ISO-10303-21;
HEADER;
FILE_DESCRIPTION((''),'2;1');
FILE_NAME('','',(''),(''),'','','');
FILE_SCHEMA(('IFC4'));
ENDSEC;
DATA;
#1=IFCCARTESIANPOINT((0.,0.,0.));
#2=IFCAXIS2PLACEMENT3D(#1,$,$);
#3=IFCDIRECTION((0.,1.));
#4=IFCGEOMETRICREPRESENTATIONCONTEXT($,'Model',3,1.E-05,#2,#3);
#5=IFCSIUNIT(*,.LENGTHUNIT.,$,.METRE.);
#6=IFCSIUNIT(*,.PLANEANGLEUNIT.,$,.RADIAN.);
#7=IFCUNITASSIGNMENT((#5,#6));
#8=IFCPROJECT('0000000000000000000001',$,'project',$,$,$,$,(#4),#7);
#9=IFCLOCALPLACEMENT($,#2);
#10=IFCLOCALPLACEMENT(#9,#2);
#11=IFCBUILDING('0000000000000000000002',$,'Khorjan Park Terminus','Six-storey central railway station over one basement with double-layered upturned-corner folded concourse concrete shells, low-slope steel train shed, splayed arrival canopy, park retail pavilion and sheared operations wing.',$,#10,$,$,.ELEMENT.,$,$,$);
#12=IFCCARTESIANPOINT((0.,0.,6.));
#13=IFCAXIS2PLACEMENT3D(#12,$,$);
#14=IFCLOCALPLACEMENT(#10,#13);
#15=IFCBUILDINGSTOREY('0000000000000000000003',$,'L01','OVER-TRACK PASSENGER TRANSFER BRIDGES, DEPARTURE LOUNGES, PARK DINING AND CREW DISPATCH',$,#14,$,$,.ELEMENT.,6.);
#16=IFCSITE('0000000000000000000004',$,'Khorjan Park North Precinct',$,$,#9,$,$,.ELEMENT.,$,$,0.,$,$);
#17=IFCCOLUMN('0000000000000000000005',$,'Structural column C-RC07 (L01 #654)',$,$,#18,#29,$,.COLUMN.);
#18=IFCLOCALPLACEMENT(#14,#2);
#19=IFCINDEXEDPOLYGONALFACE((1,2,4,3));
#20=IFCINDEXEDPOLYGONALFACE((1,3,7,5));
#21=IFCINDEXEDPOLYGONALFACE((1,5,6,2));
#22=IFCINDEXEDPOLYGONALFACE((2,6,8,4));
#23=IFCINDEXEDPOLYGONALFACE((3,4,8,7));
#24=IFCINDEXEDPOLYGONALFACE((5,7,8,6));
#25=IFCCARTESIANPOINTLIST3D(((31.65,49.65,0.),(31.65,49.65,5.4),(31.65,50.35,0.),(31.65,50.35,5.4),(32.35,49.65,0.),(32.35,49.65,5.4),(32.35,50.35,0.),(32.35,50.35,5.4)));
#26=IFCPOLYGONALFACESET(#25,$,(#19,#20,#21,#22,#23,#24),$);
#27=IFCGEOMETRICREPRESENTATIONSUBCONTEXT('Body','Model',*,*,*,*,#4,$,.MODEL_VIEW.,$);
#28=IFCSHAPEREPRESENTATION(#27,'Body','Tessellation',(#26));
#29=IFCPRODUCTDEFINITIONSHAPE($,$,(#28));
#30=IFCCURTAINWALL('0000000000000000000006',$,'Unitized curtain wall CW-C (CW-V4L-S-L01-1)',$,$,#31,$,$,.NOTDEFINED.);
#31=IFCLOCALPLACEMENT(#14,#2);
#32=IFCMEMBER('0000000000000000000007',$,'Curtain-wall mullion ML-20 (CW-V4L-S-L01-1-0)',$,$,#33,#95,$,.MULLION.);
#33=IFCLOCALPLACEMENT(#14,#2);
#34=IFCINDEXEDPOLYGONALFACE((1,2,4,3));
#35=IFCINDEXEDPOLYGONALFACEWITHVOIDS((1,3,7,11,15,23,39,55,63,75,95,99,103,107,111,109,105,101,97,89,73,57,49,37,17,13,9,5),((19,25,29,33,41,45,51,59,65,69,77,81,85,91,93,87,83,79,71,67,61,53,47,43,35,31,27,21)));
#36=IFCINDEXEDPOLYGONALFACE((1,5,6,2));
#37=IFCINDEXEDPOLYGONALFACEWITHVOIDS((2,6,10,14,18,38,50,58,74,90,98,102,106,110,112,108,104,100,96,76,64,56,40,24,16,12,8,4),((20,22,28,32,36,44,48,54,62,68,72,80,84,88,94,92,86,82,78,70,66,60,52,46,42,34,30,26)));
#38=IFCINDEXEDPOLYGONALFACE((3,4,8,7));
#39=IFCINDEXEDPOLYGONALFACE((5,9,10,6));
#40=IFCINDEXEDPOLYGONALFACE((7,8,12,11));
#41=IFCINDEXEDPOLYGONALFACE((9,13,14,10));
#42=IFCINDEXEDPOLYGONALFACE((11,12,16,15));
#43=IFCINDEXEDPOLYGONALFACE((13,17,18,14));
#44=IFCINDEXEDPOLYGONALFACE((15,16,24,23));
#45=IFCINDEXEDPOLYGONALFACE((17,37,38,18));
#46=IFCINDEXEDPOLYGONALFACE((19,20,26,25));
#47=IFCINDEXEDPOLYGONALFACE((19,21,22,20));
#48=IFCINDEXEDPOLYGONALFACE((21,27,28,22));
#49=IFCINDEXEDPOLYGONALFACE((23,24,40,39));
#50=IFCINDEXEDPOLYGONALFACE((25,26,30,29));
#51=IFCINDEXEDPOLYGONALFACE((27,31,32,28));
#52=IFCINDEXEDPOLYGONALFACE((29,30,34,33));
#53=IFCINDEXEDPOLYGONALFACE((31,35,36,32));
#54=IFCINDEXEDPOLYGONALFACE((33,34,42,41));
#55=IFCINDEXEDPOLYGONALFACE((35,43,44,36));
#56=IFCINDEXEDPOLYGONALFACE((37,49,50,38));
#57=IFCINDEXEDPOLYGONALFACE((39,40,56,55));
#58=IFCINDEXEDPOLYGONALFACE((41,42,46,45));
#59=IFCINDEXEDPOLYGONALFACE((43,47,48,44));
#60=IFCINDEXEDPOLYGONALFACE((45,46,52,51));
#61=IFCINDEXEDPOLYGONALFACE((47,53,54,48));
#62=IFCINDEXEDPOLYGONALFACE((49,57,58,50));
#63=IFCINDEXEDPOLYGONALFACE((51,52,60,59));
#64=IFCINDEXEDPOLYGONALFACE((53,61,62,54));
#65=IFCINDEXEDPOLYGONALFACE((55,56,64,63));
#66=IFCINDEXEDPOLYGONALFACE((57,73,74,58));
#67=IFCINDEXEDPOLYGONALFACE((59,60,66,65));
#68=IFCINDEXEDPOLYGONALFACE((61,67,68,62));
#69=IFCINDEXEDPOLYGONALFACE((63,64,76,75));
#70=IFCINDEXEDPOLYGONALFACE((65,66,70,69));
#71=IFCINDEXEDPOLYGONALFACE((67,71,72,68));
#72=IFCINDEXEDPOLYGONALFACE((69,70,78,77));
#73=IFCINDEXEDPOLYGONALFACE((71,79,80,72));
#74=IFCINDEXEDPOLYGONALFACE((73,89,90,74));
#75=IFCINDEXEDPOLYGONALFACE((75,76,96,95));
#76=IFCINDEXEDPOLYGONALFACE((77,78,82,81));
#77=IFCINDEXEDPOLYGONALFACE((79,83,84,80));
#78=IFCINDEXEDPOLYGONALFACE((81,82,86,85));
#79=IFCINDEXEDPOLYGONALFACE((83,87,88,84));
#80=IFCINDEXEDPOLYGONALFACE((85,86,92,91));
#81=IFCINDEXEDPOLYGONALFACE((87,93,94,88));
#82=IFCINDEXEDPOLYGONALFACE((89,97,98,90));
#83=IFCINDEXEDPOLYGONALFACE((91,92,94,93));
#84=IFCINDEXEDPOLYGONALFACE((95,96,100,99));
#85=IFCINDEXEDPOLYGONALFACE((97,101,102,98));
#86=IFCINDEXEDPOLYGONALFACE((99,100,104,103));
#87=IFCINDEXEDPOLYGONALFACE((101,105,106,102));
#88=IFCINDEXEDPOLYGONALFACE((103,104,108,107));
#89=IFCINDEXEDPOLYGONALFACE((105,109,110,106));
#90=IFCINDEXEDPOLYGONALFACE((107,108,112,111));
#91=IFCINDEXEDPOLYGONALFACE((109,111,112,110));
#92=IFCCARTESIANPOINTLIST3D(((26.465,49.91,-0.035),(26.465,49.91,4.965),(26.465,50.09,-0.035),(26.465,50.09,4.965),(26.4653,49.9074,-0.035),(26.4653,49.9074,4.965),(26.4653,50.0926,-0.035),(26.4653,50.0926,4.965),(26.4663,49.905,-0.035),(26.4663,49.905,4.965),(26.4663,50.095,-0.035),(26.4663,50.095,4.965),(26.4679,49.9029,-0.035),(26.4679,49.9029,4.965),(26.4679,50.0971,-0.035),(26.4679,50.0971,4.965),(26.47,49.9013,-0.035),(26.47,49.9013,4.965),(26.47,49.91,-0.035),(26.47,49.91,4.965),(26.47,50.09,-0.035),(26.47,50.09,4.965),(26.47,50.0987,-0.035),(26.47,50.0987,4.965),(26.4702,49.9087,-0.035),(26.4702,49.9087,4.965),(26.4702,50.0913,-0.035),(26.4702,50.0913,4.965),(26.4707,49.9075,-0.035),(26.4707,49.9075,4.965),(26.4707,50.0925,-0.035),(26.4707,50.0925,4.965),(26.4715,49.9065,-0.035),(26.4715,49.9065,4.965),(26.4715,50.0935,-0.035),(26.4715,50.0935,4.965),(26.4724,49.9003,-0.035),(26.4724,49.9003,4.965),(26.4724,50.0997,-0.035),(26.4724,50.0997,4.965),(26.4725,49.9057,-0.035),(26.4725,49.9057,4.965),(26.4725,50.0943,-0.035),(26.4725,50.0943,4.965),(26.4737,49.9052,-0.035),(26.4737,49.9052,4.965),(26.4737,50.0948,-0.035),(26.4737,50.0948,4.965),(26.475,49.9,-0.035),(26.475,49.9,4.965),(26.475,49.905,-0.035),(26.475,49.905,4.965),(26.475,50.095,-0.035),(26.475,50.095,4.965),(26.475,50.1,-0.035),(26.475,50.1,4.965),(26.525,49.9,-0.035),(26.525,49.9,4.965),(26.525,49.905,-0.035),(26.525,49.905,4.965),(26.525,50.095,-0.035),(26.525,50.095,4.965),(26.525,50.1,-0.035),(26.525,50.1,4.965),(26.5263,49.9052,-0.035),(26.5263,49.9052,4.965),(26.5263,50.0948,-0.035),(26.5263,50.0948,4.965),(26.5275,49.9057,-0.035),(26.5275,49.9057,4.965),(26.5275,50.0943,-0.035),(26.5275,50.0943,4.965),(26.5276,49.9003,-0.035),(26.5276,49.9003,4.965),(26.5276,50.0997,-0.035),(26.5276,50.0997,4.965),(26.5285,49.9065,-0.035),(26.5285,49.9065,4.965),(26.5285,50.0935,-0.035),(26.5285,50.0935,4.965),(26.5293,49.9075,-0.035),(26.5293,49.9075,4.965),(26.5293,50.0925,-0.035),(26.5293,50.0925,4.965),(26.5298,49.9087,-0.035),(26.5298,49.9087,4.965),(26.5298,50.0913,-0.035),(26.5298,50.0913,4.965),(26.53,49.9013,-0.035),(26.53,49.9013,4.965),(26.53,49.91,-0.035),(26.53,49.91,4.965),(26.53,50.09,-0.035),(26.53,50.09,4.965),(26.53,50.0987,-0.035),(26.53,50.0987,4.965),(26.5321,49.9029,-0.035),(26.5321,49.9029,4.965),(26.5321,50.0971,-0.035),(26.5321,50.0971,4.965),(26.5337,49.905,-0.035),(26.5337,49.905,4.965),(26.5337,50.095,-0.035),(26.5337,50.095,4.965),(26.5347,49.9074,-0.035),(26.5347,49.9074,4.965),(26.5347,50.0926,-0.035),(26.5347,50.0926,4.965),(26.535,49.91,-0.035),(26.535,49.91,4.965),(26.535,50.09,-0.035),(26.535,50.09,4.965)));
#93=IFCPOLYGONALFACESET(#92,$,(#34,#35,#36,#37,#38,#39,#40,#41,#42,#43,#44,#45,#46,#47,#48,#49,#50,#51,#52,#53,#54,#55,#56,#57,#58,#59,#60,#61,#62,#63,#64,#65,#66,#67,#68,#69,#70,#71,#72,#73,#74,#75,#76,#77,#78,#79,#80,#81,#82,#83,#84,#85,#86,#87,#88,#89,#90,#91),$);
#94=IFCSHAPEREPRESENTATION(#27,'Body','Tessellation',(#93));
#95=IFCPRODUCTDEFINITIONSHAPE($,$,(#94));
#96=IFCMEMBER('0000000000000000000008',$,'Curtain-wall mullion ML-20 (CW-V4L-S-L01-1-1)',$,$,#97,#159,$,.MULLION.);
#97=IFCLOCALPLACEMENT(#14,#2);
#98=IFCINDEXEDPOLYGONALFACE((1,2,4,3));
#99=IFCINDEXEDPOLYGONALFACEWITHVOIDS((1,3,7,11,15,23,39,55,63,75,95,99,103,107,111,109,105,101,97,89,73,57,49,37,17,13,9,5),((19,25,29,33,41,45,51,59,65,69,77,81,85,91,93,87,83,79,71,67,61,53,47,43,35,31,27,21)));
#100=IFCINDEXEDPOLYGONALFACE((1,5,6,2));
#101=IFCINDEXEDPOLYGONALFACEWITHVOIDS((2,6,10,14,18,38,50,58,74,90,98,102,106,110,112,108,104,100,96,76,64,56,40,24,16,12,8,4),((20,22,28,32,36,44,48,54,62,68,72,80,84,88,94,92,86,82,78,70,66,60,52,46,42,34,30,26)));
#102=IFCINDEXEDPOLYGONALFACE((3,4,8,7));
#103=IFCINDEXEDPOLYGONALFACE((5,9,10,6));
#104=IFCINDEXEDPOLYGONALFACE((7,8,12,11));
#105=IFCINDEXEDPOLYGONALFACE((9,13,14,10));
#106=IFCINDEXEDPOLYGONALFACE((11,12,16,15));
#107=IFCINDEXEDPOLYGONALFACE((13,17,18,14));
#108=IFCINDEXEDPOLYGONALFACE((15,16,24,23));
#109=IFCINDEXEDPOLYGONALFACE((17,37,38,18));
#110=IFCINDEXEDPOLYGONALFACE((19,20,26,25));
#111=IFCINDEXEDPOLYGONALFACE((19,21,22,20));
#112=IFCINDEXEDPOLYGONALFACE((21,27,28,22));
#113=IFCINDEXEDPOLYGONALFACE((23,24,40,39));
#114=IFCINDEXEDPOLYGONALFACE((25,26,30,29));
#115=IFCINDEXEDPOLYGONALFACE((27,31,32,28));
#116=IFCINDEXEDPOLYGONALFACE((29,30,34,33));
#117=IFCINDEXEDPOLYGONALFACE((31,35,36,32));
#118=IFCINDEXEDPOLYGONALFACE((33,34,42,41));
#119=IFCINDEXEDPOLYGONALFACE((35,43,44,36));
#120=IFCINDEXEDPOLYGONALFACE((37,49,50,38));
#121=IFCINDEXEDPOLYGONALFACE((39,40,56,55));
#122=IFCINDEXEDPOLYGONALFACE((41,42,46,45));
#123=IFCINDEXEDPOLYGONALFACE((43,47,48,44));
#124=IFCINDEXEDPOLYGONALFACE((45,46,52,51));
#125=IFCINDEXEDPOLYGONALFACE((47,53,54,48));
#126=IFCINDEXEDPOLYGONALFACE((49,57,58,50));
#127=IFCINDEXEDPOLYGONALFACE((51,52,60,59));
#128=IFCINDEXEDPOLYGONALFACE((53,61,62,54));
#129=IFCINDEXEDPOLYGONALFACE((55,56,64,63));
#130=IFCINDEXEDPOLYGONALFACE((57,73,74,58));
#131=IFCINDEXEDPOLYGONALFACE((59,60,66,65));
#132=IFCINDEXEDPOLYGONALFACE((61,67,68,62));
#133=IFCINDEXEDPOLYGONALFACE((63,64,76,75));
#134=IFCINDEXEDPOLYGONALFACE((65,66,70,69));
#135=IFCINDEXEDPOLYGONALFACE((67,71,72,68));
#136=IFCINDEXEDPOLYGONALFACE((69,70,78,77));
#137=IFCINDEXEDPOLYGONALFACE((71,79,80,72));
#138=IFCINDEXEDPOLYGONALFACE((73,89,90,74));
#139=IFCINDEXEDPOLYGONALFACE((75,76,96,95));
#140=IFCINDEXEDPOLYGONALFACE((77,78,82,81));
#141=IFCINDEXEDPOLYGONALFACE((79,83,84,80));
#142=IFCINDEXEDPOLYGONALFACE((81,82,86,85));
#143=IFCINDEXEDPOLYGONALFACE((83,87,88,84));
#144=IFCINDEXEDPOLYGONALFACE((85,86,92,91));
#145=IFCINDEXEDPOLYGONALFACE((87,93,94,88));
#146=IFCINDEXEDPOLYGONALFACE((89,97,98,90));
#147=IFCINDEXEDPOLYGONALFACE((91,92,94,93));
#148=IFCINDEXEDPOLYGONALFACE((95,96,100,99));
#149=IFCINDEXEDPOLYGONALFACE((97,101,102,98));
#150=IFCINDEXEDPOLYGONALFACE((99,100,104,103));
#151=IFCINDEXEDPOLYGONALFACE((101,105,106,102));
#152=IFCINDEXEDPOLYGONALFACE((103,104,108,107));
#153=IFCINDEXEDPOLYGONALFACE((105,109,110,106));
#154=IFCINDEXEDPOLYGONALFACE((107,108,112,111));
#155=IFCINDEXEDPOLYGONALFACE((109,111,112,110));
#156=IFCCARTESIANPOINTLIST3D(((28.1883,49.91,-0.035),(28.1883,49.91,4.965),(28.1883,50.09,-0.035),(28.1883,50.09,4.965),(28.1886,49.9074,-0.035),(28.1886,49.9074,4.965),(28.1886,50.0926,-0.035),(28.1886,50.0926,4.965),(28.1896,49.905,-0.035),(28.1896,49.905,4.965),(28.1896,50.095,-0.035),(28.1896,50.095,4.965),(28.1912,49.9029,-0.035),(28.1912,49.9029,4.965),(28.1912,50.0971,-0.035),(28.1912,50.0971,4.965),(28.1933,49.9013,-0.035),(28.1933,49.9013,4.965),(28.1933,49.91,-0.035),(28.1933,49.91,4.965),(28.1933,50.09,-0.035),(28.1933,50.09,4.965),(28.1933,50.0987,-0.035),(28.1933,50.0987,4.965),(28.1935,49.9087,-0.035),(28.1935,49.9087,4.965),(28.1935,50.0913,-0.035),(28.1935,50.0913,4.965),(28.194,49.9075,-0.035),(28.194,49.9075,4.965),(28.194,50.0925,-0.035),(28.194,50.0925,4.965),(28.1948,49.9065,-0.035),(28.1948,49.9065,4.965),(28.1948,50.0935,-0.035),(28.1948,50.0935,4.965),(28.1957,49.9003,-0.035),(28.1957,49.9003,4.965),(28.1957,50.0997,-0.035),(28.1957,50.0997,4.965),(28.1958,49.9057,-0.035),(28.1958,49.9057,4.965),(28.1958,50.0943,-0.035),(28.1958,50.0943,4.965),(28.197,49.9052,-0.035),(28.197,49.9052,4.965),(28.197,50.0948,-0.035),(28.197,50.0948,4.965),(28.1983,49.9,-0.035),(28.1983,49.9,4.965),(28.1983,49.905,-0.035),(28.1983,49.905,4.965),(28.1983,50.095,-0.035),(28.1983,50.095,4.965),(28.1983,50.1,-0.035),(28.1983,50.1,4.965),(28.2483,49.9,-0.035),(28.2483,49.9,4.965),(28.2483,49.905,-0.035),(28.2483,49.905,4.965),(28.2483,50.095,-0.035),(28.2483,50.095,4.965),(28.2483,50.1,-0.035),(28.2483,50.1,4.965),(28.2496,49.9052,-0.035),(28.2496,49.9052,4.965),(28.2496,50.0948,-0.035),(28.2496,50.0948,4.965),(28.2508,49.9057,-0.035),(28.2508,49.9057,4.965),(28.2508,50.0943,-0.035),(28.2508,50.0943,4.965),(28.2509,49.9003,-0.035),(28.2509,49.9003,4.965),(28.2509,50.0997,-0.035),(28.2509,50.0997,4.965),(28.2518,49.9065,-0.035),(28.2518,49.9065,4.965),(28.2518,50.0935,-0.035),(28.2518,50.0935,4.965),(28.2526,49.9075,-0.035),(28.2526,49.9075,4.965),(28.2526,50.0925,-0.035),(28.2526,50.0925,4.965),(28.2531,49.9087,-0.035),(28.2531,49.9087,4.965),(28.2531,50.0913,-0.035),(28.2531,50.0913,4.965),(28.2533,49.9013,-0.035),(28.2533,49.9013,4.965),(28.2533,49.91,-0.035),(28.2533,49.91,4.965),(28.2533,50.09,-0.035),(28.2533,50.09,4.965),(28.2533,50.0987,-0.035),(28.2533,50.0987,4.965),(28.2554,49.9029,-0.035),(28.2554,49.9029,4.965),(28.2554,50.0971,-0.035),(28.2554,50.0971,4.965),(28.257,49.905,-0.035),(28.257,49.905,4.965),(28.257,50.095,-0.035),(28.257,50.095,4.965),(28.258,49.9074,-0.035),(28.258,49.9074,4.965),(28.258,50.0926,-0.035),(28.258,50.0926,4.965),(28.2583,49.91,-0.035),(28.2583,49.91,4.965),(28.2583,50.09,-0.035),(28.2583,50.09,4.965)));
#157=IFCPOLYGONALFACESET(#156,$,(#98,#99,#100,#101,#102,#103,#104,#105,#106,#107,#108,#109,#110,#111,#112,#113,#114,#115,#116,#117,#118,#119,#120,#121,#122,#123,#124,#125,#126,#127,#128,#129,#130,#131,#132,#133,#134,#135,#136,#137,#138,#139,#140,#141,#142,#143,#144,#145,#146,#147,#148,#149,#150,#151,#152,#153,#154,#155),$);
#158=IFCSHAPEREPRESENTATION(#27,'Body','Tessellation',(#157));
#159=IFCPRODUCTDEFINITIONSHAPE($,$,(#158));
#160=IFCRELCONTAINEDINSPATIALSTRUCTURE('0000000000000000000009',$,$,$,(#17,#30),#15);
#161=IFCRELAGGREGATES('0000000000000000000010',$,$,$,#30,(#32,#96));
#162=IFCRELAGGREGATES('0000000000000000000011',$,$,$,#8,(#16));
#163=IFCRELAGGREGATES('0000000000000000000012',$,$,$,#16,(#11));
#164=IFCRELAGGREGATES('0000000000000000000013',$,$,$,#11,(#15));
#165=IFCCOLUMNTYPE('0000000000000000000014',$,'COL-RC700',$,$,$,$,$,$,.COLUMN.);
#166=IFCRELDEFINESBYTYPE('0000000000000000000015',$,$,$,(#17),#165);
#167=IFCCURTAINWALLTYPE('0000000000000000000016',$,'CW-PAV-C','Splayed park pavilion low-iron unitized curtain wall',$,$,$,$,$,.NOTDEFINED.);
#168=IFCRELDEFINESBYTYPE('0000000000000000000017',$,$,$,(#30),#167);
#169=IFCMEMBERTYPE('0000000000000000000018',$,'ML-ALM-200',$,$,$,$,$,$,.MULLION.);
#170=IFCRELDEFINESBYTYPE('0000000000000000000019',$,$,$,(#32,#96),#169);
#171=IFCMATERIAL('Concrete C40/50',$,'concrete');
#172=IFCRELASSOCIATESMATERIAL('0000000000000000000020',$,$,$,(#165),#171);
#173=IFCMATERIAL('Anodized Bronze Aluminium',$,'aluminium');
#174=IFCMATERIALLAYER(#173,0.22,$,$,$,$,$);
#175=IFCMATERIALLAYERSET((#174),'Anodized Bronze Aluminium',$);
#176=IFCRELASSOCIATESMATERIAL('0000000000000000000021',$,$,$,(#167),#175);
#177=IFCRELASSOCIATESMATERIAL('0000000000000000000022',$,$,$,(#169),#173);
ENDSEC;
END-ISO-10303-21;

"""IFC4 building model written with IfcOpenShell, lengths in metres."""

from ifc_helpers import new_model, si_unit, direction, frame, origin, origin_2d, place, context, subcontext, project, spatial, rectangle, hollow_rectangle, extrude, material, layer, layer_set, material_profile, profile_set, type_object, element, aggregate, save


model = new_model("IFC4")

# Units and contexts
model_context = context("Model", 3, precision=1e-05, world=origin(), true_north=direction((0.0, 1.0)))
body_context = subcontext(model_context, "Body", "Model", "MODEL_VIEW")
ifc_project = project(units=[si_unit("LENGTHUNIT", "METRE"), si_unit("PLANEANGLEUNIT", "RADIAN")], contexts=[model_context])

# Site, building, storey
site_placement = place(None, origin())
site = spatial("IfcSite", under=ifc_project, at=site_placement, Name="Khorjan Park North Precinct", CompositionType="ELEMENT", RefElevation=0.0)
building_placement = place(site_placement, origin())
building = spatial("IfcBuilding", under=site, at=building_placement, Name="Khorjan Park Terminus", Description="Six-storey central railway station over one basement with double-layered upturned-corner folded concourse concrete shells, low-slope steel train shed, splayed arrival canopy, park retail pavilion and sheared operations wing.", CompositionType="ELEMENT")
storey_placement = place(building_placement, frame((0.0, 0.0, 6.0)))
storey = spatial("IfcBuildingStorey", under=building, at=storey_placement, Name="L01", Description="OVER-TRACK PASSENGER TRANSFER BRIDGES, DEPARTURE LOUNGES, PARK DINING AND CREW DISPATCH", CompositionType="ELEMENT", Elevation=6.0)

# Column
ifc_material_1 = material(Name="Concrete C40/50", Category="concrete")
ifc_material_profile_1 = material_profile(ifc_material_1, rectangle(XDim=0.7, YDim=0.7, at=origin_2d()), Name="RC 700x700")
ifc_profile_set_1 = profile_set([ifc_material_profile_1], Name="Concrete C40/50")
column_type = type_object("IfcColumnType", Name="COL-RC700", PredefinedType="COLUMN", material=ifc_profile_set_1)
column_placement = place(storey_placement, frame((32.0, 50.0, 0.0), z_axis=(0.0, 0.0, 1.0), x_axis=(1.0, 0.0, 0.0)))
element("IfcColumn", 1, at=column_placement, inside=storey, type_object=column_type, Name="Structural column C-RC07 (L01 #654)", PredefinedType="COLUMN", context=body_context, shape_type="SweptSolid", body=[
    extrude(rectangle(XDim=0.7, YDim=0.7, at=origin_2d()), origin(), (0.0, 0.0, 1.0), 5.4),
])

# Curtain wall, members
ifc_material_2 = material(Name="Anodized Bronze Aluminium", Category="aluminium")
ifc_layer_1 = layer(ifc_material_2, 0.22)
ifc_layer_set_1 = layer_set([ifc_layer_1], Name="Anodized Bronze Aluminium")
curtain_wall_type = type_object("IfcCurtainWallType", Name="CW-PAV-C", Description="Splayed park pavilion low-iron unitized curtain wall", PredefinedType="NOTDEFINED", material=ifc_layer_set_1)
curtain_wall_1_placement = place(storey_placement, origin())
curtain_wall_1 = element("IfcCurtainWall", 2, at=curtain_wall_1_placement, inside=storey, type_object=curtain_wall_type, Name="Unitized curtain wall CW-C (CW-V4L-S-L01-1)", PredefinedType="NOTDEFINED")
ifc_material_profile_2 = material_profile(ifc_material_2, hollow_rectangle(XDim=0.07, YDim=0.2, WallThickness=0.005, InnerFilletRadius=0.005, OuterFilletRadius=0.01, at=origin_2d()), Name="ALM 70x200x5")
ifc_profile_set_2 = profile_set([ifc_material_profile_2], Name="Anodized Bronze Aluminium")
member_type_1 = type_object("IfcMemberType", Name="ML-ALM-200", PredefinedType="MULLION", material=ifc_profile_set_2)
member_1_placement = place(storey_placement, frame((26.5, 50.0, -0.035), z_axis=(0.0, 0.0, 1.0), x_axis=(1.0, 0.0, 0.0)))
member_1 = element("IfcMember", 3, at=member_1_placement, type_object=member_type_1, Name="Curtain-wall mullion ML-20 (CW-V4L-S-L01-1-0)", PredefinedType="MULLION", context=body_context, shape_type="SweptSolid", body=[
    extrude(hollow_rectangle(XDim=0.07, YDim=0.2, WallThickness=0.005, InnerFilletRadius=0.005, OuterFilletRadius=0.01, at=origin_2d()), origin(), (0.0, 0.0, 1.0), 5.0),
])
member_2_placement = place(storey_placement, frame((28.2233, 50.0, -0.035), z_axis=(0.0, 0.0, 1.0), x_axis=(1.0, 0.0, 0.0)))
member_2 = element("IfcMember", 4, at=member_2_placement, type_object=member_type_1, Name="Curtain-wall mullion ML-20 (CW-V4L-S-L01-1-1)", PredefinedType="MULLION", context=body_context, shape_type="SweptSolid", body=[
    extrude(hollow_rectangle(XDim=0.07, YDim=0.2, WallThickness=0.005, InnerFilletRadius=0.005, OuterFilletRadius=0.01, at=origin_2d()), origin(), (0.0, 0.0, 1.0), 5.0),
])

aggregate(curtain_wall_1, [member_1, member_2])

save(model, "model.ifc")
